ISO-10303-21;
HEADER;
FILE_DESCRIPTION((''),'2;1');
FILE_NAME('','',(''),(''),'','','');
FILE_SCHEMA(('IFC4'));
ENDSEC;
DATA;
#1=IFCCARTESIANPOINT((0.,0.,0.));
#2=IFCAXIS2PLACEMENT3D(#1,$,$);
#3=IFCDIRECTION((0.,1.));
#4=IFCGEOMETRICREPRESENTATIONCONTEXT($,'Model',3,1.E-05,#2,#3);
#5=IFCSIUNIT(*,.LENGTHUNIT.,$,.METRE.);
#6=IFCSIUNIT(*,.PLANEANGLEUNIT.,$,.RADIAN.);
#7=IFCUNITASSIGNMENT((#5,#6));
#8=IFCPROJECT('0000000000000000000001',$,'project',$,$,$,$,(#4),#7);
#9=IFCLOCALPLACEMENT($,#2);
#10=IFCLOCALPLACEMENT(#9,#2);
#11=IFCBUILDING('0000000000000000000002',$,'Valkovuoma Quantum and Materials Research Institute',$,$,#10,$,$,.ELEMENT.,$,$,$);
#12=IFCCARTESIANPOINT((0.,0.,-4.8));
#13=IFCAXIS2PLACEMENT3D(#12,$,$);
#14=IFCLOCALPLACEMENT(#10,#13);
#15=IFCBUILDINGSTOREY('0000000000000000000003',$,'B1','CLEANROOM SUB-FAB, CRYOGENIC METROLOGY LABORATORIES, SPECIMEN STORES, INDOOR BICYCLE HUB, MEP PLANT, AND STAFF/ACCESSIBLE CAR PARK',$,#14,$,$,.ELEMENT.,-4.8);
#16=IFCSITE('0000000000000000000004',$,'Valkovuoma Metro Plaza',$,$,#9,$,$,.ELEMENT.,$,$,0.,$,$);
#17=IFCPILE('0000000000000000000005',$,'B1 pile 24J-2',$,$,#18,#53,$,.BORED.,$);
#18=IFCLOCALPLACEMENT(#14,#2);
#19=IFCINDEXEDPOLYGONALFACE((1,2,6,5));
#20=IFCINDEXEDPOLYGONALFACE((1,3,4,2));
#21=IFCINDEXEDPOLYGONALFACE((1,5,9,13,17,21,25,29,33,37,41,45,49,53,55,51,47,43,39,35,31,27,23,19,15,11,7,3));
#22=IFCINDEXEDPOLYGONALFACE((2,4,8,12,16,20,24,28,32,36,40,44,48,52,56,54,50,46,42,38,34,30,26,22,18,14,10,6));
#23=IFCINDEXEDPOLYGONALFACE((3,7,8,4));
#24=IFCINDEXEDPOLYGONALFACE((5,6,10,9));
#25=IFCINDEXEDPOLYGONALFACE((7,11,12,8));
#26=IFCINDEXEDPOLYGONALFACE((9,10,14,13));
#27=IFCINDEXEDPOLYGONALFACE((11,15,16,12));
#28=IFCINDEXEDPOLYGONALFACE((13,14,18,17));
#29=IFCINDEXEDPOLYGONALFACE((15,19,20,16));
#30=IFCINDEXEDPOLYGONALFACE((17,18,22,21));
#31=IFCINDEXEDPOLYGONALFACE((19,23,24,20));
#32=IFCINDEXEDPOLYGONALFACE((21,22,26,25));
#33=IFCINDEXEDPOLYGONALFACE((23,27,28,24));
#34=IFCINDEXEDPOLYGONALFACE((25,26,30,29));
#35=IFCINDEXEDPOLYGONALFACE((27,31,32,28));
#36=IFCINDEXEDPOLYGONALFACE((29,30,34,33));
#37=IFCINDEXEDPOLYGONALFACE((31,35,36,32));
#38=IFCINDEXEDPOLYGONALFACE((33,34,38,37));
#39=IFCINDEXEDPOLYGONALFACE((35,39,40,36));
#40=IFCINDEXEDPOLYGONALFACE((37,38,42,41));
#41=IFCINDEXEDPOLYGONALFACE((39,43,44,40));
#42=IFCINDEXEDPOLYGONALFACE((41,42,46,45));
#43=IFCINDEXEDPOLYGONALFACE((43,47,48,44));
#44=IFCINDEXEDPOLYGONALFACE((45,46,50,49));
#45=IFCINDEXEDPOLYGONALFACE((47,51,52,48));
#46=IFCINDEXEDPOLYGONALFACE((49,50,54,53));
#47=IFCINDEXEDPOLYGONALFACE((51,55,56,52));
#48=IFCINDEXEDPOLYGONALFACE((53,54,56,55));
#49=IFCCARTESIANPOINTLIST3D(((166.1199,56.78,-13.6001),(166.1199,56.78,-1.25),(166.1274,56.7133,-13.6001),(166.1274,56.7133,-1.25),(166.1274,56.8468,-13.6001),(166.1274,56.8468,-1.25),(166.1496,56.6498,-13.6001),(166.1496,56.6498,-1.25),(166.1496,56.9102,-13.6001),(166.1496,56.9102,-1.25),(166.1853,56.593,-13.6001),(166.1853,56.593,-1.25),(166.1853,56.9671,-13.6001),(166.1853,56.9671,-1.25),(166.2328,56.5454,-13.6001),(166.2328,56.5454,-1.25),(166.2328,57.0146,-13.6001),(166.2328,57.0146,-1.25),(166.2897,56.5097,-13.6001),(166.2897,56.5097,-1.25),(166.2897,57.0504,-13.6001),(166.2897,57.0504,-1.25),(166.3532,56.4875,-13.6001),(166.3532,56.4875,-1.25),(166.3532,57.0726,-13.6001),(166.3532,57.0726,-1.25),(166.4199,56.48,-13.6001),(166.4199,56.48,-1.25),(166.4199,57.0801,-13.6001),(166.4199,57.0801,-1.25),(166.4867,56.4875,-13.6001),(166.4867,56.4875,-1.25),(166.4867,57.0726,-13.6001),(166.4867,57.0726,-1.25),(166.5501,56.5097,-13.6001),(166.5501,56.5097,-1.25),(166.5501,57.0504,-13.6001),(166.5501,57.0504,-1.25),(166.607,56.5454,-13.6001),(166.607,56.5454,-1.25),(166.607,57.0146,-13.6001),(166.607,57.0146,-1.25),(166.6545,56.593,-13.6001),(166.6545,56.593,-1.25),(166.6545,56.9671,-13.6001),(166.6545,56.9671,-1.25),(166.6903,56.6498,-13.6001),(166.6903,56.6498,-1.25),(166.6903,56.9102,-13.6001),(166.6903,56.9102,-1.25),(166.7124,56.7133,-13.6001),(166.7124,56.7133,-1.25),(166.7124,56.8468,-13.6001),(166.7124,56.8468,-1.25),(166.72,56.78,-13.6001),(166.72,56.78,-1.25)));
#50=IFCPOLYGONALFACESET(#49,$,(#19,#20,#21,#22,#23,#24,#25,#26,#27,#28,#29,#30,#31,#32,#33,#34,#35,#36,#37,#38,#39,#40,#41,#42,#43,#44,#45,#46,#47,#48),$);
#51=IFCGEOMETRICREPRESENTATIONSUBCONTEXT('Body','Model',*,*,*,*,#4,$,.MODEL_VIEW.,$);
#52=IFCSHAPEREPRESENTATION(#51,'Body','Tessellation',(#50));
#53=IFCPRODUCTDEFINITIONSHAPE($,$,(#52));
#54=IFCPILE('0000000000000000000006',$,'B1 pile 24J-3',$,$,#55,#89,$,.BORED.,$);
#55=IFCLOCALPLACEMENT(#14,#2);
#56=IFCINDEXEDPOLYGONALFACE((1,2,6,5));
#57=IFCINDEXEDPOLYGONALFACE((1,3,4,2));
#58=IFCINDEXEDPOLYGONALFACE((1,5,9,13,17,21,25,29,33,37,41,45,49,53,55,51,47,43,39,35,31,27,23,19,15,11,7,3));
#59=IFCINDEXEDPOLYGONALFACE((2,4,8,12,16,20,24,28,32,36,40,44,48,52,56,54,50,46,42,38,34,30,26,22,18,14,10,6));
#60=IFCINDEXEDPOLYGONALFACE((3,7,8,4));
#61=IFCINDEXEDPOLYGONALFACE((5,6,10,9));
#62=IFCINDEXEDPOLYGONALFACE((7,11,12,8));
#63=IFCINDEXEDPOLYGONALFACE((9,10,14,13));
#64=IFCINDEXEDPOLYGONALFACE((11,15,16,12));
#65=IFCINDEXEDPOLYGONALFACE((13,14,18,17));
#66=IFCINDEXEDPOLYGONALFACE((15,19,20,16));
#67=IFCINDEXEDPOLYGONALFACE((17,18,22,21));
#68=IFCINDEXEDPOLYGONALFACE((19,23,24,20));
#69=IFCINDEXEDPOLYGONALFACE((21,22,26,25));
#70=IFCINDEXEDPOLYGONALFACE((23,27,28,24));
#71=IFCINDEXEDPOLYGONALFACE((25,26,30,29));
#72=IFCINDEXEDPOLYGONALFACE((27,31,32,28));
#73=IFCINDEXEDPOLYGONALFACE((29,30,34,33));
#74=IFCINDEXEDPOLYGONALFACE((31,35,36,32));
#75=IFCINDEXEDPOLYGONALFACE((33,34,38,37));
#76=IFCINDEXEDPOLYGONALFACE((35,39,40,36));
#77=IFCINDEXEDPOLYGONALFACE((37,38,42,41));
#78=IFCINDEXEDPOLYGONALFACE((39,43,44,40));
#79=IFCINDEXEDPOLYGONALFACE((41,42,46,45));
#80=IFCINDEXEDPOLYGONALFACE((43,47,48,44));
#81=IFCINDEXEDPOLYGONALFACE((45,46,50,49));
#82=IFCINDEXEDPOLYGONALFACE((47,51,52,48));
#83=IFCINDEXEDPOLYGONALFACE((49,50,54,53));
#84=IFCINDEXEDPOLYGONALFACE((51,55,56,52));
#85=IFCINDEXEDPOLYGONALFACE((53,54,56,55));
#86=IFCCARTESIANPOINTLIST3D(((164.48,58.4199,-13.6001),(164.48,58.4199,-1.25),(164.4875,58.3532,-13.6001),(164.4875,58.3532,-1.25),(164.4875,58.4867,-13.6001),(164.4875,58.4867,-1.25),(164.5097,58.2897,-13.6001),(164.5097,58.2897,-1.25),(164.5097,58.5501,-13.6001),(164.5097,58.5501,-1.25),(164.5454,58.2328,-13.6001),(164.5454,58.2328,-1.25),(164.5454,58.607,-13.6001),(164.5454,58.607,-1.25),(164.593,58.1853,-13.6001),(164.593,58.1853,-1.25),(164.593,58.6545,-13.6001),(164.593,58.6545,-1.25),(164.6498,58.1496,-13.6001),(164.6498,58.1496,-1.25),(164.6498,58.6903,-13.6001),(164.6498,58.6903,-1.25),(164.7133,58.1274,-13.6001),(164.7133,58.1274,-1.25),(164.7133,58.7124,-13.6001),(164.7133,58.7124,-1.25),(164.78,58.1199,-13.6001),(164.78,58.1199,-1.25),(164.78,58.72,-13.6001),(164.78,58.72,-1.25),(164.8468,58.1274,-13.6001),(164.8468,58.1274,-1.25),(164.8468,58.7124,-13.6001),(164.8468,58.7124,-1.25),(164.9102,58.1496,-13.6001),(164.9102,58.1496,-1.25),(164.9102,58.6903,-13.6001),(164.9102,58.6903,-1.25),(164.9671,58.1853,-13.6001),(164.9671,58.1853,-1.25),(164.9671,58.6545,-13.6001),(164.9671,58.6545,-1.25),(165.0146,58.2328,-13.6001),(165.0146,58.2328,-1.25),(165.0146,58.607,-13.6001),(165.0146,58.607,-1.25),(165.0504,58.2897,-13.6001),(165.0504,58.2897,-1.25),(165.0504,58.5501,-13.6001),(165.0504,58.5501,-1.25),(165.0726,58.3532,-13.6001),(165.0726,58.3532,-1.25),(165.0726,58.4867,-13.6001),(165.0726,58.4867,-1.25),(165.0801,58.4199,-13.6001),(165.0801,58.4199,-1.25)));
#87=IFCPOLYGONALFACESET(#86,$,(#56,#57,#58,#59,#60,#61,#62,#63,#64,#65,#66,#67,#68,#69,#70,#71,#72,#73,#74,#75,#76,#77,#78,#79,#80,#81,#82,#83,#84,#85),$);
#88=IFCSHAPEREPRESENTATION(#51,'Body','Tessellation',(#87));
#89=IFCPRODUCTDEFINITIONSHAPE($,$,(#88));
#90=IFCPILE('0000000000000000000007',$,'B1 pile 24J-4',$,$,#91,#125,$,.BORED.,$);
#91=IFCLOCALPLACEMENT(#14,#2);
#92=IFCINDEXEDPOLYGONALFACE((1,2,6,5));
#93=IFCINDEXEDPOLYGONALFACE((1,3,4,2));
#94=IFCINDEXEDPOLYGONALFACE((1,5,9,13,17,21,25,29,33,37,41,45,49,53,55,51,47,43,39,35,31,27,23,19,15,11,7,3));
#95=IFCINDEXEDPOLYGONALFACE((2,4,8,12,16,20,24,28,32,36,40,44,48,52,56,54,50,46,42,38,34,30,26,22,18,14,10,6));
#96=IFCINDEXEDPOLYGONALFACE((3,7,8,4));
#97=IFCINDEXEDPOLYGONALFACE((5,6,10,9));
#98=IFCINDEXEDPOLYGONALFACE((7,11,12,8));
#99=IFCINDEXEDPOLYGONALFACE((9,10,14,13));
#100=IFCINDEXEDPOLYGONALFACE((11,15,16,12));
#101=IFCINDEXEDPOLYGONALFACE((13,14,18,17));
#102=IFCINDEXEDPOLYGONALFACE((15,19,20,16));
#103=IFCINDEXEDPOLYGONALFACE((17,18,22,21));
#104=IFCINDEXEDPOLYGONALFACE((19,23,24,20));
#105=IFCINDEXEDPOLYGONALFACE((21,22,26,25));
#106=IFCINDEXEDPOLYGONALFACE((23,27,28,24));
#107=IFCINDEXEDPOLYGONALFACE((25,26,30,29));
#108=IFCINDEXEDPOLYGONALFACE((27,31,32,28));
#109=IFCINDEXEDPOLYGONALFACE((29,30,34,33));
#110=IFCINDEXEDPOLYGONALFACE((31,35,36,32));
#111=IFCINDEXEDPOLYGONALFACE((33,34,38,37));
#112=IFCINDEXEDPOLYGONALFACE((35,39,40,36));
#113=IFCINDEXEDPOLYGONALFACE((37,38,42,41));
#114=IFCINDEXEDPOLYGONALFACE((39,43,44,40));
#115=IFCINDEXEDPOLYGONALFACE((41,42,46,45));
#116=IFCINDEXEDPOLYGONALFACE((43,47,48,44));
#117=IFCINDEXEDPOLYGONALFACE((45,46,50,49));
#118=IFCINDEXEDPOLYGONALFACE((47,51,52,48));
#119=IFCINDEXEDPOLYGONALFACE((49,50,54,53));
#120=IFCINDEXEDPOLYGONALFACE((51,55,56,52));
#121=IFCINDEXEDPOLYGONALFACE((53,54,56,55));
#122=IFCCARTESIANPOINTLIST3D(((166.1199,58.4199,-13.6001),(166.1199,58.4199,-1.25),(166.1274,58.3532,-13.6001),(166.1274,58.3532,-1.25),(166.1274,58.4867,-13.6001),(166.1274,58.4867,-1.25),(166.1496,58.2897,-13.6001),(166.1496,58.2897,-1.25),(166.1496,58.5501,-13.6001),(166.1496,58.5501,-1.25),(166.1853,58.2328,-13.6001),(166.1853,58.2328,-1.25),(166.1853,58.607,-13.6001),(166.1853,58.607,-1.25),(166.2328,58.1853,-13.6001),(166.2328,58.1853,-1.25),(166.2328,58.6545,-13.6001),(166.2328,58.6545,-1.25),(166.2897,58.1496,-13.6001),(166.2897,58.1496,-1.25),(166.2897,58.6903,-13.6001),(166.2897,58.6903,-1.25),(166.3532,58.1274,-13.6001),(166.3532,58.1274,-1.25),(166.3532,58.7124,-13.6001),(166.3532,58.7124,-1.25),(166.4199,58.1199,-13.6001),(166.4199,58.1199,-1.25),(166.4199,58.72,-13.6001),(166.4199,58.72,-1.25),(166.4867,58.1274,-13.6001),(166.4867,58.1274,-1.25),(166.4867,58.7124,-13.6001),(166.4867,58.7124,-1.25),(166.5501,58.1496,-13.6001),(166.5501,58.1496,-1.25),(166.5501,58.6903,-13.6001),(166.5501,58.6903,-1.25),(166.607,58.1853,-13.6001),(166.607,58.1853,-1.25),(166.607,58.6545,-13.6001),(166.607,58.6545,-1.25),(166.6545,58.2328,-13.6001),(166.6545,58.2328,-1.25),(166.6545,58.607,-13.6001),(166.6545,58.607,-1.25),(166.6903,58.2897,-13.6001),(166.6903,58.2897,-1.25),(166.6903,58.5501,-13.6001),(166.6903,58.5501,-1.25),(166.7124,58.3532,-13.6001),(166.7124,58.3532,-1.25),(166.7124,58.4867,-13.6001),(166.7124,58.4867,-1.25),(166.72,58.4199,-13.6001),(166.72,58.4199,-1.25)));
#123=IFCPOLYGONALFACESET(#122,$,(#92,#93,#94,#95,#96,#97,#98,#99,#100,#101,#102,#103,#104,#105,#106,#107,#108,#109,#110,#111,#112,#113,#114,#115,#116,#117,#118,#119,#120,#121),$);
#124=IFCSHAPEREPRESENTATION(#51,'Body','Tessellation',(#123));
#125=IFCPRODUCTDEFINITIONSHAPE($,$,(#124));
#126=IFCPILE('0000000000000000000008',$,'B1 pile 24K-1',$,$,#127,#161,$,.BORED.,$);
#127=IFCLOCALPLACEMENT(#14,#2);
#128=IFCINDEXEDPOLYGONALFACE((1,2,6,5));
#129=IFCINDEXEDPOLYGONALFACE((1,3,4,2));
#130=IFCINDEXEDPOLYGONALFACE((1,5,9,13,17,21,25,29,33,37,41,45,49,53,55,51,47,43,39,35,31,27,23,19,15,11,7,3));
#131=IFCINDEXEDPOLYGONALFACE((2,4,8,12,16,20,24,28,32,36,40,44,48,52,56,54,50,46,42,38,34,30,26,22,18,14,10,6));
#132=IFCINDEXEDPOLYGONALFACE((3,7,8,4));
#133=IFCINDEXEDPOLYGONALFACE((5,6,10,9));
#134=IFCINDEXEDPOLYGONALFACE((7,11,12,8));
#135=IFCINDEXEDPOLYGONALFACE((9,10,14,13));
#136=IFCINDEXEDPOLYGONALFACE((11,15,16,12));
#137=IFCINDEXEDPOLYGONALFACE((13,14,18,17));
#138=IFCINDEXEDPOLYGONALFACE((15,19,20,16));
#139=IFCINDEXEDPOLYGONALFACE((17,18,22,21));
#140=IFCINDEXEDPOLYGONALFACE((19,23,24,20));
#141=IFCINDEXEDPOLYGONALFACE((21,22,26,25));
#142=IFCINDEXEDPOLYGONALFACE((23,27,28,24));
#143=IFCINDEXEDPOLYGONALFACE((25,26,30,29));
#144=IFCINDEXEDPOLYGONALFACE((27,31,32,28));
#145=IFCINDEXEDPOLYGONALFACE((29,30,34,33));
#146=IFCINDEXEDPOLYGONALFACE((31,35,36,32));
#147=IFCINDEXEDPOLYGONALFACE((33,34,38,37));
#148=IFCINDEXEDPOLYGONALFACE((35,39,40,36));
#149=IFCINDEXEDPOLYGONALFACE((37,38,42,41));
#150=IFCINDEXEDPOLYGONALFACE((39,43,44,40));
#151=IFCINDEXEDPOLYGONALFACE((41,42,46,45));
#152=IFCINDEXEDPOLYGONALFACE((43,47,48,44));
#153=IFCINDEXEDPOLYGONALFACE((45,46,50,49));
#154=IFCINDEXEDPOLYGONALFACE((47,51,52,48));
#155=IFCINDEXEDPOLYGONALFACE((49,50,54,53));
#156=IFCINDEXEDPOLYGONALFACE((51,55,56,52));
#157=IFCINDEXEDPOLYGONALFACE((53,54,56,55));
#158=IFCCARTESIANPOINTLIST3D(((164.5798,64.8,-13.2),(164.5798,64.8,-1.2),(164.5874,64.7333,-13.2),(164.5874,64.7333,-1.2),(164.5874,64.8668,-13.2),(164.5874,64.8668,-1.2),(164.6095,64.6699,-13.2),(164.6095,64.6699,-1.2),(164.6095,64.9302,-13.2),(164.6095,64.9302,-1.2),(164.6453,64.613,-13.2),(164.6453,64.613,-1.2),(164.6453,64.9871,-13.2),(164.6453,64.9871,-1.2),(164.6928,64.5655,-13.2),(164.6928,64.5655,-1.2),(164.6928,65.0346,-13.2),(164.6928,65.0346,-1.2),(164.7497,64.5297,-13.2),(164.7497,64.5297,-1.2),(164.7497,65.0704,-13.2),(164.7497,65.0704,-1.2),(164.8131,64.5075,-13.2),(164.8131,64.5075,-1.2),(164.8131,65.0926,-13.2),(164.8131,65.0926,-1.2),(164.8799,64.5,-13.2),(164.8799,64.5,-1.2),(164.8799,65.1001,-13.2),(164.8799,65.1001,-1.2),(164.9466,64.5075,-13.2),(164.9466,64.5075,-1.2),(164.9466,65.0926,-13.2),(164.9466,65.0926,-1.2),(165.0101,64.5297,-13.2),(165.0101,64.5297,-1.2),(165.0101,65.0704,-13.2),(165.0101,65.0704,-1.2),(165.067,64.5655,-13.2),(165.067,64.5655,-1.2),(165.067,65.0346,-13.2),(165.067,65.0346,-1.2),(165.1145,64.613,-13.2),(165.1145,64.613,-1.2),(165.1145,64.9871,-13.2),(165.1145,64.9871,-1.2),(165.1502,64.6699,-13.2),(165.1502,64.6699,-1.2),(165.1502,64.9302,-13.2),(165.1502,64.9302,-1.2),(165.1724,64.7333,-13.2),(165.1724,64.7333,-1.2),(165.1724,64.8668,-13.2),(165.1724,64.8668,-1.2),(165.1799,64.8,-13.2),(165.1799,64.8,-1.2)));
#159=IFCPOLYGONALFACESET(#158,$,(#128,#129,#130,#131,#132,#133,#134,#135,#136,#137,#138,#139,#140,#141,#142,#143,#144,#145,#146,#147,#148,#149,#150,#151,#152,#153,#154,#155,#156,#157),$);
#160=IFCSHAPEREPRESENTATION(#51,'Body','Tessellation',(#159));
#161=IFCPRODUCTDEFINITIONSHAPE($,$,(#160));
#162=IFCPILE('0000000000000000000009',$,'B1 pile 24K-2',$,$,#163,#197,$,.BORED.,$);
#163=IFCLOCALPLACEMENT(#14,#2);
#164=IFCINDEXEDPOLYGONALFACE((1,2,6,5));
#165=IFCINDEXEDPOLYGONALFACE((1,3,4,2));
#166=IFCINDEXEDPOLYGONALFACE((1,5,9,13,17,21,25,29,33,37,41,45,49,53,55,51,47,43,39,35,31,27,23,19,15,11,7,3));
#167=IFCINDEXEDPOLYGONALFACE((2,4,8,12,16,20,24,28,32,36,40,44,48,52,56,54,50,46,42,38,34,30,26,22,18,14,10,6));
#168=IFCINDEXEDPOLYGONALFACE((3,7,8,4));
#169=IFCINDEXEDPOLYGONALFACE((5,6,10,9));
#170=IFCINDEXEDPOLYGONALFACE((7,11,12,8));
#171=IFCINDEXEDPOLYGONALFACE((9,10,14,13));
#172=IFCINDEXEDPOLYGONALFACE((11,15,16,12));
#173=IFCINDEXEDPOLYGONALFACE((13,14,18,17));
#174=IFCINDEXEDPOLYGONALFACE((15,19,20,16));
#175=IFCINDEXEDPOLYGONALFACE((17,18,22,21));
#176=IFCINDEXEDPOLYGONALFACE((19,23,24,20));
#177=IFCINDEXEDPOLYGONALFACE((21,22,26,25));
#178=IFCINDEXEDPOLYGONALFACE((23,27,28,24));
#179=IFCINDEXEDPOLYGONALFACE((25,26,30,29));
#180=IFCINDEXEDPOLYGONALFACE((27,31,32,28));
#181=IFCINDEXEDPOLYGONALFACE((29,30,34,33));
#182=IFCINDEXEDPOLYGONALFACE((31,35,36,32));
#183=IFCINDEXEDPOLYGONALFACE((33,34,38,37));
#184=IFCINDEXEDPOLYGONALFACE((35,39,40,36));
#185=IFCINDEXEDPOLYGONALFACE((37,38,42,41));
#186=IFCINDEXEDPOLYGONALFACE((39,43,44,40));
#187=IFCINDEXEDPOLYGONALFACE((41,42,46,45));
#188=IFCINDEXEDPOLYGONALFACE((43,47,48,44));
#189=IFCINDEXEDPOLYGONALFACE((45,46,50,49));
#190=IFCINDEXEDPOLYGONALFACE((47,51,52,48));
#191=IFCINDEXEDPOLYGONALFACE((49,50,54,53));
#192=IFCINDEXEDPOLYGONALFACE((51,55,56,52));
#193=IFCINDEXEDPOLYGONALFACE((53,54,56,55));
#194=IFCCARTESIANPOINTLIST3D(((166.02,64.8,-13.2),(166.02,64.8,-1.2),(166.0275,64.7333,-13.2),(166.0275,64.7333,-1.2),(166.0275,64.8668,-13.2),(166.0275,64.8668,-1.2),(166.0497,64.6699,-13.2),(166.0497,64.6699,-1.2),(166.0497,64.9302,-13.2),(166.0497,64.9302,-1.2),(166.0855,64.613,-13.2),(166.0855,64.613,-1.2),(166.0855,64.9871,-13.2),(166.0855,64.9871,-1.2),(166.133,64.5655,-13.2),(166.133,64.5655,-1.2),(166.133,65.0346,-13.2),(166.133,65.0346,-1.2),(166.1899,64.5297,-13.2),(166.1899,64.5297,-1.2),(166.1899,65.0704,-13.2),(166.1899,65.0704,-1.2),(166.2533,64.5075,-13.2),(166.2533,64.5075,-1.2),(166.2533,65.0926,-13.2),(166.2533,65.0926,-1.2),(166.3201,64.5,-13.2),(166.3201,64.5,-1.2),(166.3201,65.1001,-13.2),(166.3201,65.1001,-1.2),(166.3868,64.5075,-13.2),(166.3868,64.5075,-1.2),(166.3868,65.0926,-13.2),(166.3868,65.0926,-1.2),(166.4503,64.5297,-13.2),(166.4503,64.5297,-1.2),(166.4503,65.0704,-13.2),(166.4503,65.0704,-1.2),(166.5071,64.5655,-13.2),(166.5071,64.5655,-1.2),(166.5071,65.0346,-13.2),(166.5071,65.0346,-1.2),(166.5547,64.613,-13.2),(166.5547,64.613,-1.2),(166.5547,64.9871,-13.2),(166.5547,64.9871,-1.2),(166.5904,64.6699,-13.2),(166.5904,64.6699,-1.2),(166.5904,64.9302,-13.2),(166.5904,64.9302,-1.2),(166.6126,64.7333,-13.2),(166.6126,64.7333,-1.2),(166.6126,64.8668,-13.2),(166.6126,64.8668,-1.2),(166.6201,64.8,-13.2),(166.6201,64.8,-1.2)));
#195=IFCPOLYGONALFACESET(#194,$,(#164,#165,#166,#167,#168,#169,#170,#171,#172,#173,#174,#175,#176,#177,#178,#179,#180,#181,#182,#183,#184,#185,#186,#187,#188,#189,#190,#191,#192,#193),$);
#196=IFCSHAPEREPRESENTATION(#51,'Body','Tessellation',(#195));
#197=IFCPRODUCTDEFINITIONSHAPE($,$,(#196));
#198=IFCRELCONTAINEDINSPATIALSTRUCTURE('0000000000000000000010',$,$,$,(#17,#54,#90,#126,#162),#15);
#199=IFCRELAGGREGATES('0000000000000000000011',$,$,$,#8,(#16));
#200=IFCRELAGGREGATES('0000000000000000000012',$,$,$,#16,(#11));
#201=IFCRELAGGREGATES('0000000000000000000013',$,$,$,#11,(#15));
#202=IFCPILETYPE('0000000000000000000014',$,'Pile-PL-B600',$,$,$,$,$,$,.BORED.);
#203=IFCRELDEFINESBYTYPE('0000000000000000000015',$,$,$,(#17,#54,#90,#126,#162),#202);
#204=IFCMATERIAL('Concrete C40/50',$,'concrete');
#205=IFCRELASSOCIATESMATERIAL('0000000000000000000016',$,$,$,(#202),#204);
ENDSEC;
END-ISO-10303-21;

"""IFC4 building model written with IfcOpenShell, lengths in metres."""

from ifc_helpers import new_model, si_unit, direction, frame, origin, origin_2d, place, context, subcontext, project, spatial, circle, extrude, material, material_profile, profile_set, type_object, element, save


model = new_model("IFC4")

# Units and contexts
model_context = context("Model", 3, precision=1e-05, world=origin(), true_north=direction((0.0, 1.0)))
body_context = subcontext(model_context, "Body", "Model", "MODEL_VIEW")
ifc_project = project(units=[si_unit("LENGTHUNIT", "METRE"), si_unit("PLANEANGLEUNIT", "RADIAN")], contexts=[model_context])

# Site, building, storey
site_placement = place(None, origin())
site = spatial("IfcSite", under=ifc_project, at=site_placement, Name="Valkovuoma Metro Plaza", CompositionType="ELEMENT", RefElevation=0.0)
building_placement = place(site_placement, origin())
building = spatial("IfcBuilding", under=site, at=building_placement, Name="Valkovuoma Quantum and Materials Research Institute", CompositionType="ELEMENT")
storey_placement = place(building_placement, frame((0.0, 0.0, -4.8)))
storey = spatial("IfcBuildingStorey", under=building, at=storey_placement, Name="B1", Description="CLEANROOM SUB-FAB, CRYOGENIC METROLOGY LABORATORIES, SPECIMEN STORES, INDOOR BICYCLE HUB, MEP PLANT, AND STAFF/ACCESSIBLE CAR PARK", CompositionType="ELEMENT", Elevation=-4.8)

# Piles
ifc_material_1 = material(Name="Concrete C40/50", Category="concrete")
ifc_material_profile_1 = material_profile(ifc_material_1, circle(Radius=0.3, at=origin_2d()), Name="Concrete C40/50")
ifc_profile_set_1 = profile_set([ifc_material_profile_1], Name="Concrete C40/50")
pile_type = type_object("IfcPileType", Name="Pile-PL-B600", PredefinedType="BORED", material=ifc_profile_set_1)
for number, where, z_axis, x_axis, name in (
    (1, (166.4199, 56.78, -1.25), (0.0, 0.0, -1.0), (1.0, 0.0, 0.0), "B1 pile 24J-2"),
    (2, (164.78, 58.4199, -1.25), (0.0, 0.0, -1.0), (1.0, 0.0, 0.0), "B1 pile 24J-3"),
    (3, (166.4199, 58.4199, -1.25), (0.0, 0.0, -1.0), (1.0, 0.0, 0.0), "B1 pile 24J-4"),
):
    element("IfcPile", number, at=place(storey_placement, frame(where, z_axis=z_axis, x_axis=x_axis)), inside=storey, type_object=pile_type, Name=name, PredefinedType="BORED", context=body_context, shape_type="SweptSolid", body=[
        extrude(circle(Radius=0.3, at=origin_2d()), origin(), (0.0, 0.0, 1.0), 12.3501),
    ])
for number, where, z_axis, x_axis, name in (
    (4, (164.8799, 64.8, -1.2), (0.0, 0.0, -1.0), (1.0, 0.0, 0.0), "B1 pile 24K-1"),
    (5, (166.3201, 64.8, -1.2), (0.0, 0.0, -1.0), (1.0, 0.0, 0.0), "B1 pile 24K-2"),
):
    element("IfcPile", number, at=place(storey_placement, frame(where, z_axis=z_axis, x_axis=x_axis)), inside=storey, type_object=pile_type, Name=name, PredefinedType="BORED", context=body_context, shape_type="SweptSolid", body=[
        extrude(circle(Radius=0.3, at=origin_2d()), origin(), (0.0, 0.0, 1.0), 12.0),
    ])

save(model, "model.ifc")
